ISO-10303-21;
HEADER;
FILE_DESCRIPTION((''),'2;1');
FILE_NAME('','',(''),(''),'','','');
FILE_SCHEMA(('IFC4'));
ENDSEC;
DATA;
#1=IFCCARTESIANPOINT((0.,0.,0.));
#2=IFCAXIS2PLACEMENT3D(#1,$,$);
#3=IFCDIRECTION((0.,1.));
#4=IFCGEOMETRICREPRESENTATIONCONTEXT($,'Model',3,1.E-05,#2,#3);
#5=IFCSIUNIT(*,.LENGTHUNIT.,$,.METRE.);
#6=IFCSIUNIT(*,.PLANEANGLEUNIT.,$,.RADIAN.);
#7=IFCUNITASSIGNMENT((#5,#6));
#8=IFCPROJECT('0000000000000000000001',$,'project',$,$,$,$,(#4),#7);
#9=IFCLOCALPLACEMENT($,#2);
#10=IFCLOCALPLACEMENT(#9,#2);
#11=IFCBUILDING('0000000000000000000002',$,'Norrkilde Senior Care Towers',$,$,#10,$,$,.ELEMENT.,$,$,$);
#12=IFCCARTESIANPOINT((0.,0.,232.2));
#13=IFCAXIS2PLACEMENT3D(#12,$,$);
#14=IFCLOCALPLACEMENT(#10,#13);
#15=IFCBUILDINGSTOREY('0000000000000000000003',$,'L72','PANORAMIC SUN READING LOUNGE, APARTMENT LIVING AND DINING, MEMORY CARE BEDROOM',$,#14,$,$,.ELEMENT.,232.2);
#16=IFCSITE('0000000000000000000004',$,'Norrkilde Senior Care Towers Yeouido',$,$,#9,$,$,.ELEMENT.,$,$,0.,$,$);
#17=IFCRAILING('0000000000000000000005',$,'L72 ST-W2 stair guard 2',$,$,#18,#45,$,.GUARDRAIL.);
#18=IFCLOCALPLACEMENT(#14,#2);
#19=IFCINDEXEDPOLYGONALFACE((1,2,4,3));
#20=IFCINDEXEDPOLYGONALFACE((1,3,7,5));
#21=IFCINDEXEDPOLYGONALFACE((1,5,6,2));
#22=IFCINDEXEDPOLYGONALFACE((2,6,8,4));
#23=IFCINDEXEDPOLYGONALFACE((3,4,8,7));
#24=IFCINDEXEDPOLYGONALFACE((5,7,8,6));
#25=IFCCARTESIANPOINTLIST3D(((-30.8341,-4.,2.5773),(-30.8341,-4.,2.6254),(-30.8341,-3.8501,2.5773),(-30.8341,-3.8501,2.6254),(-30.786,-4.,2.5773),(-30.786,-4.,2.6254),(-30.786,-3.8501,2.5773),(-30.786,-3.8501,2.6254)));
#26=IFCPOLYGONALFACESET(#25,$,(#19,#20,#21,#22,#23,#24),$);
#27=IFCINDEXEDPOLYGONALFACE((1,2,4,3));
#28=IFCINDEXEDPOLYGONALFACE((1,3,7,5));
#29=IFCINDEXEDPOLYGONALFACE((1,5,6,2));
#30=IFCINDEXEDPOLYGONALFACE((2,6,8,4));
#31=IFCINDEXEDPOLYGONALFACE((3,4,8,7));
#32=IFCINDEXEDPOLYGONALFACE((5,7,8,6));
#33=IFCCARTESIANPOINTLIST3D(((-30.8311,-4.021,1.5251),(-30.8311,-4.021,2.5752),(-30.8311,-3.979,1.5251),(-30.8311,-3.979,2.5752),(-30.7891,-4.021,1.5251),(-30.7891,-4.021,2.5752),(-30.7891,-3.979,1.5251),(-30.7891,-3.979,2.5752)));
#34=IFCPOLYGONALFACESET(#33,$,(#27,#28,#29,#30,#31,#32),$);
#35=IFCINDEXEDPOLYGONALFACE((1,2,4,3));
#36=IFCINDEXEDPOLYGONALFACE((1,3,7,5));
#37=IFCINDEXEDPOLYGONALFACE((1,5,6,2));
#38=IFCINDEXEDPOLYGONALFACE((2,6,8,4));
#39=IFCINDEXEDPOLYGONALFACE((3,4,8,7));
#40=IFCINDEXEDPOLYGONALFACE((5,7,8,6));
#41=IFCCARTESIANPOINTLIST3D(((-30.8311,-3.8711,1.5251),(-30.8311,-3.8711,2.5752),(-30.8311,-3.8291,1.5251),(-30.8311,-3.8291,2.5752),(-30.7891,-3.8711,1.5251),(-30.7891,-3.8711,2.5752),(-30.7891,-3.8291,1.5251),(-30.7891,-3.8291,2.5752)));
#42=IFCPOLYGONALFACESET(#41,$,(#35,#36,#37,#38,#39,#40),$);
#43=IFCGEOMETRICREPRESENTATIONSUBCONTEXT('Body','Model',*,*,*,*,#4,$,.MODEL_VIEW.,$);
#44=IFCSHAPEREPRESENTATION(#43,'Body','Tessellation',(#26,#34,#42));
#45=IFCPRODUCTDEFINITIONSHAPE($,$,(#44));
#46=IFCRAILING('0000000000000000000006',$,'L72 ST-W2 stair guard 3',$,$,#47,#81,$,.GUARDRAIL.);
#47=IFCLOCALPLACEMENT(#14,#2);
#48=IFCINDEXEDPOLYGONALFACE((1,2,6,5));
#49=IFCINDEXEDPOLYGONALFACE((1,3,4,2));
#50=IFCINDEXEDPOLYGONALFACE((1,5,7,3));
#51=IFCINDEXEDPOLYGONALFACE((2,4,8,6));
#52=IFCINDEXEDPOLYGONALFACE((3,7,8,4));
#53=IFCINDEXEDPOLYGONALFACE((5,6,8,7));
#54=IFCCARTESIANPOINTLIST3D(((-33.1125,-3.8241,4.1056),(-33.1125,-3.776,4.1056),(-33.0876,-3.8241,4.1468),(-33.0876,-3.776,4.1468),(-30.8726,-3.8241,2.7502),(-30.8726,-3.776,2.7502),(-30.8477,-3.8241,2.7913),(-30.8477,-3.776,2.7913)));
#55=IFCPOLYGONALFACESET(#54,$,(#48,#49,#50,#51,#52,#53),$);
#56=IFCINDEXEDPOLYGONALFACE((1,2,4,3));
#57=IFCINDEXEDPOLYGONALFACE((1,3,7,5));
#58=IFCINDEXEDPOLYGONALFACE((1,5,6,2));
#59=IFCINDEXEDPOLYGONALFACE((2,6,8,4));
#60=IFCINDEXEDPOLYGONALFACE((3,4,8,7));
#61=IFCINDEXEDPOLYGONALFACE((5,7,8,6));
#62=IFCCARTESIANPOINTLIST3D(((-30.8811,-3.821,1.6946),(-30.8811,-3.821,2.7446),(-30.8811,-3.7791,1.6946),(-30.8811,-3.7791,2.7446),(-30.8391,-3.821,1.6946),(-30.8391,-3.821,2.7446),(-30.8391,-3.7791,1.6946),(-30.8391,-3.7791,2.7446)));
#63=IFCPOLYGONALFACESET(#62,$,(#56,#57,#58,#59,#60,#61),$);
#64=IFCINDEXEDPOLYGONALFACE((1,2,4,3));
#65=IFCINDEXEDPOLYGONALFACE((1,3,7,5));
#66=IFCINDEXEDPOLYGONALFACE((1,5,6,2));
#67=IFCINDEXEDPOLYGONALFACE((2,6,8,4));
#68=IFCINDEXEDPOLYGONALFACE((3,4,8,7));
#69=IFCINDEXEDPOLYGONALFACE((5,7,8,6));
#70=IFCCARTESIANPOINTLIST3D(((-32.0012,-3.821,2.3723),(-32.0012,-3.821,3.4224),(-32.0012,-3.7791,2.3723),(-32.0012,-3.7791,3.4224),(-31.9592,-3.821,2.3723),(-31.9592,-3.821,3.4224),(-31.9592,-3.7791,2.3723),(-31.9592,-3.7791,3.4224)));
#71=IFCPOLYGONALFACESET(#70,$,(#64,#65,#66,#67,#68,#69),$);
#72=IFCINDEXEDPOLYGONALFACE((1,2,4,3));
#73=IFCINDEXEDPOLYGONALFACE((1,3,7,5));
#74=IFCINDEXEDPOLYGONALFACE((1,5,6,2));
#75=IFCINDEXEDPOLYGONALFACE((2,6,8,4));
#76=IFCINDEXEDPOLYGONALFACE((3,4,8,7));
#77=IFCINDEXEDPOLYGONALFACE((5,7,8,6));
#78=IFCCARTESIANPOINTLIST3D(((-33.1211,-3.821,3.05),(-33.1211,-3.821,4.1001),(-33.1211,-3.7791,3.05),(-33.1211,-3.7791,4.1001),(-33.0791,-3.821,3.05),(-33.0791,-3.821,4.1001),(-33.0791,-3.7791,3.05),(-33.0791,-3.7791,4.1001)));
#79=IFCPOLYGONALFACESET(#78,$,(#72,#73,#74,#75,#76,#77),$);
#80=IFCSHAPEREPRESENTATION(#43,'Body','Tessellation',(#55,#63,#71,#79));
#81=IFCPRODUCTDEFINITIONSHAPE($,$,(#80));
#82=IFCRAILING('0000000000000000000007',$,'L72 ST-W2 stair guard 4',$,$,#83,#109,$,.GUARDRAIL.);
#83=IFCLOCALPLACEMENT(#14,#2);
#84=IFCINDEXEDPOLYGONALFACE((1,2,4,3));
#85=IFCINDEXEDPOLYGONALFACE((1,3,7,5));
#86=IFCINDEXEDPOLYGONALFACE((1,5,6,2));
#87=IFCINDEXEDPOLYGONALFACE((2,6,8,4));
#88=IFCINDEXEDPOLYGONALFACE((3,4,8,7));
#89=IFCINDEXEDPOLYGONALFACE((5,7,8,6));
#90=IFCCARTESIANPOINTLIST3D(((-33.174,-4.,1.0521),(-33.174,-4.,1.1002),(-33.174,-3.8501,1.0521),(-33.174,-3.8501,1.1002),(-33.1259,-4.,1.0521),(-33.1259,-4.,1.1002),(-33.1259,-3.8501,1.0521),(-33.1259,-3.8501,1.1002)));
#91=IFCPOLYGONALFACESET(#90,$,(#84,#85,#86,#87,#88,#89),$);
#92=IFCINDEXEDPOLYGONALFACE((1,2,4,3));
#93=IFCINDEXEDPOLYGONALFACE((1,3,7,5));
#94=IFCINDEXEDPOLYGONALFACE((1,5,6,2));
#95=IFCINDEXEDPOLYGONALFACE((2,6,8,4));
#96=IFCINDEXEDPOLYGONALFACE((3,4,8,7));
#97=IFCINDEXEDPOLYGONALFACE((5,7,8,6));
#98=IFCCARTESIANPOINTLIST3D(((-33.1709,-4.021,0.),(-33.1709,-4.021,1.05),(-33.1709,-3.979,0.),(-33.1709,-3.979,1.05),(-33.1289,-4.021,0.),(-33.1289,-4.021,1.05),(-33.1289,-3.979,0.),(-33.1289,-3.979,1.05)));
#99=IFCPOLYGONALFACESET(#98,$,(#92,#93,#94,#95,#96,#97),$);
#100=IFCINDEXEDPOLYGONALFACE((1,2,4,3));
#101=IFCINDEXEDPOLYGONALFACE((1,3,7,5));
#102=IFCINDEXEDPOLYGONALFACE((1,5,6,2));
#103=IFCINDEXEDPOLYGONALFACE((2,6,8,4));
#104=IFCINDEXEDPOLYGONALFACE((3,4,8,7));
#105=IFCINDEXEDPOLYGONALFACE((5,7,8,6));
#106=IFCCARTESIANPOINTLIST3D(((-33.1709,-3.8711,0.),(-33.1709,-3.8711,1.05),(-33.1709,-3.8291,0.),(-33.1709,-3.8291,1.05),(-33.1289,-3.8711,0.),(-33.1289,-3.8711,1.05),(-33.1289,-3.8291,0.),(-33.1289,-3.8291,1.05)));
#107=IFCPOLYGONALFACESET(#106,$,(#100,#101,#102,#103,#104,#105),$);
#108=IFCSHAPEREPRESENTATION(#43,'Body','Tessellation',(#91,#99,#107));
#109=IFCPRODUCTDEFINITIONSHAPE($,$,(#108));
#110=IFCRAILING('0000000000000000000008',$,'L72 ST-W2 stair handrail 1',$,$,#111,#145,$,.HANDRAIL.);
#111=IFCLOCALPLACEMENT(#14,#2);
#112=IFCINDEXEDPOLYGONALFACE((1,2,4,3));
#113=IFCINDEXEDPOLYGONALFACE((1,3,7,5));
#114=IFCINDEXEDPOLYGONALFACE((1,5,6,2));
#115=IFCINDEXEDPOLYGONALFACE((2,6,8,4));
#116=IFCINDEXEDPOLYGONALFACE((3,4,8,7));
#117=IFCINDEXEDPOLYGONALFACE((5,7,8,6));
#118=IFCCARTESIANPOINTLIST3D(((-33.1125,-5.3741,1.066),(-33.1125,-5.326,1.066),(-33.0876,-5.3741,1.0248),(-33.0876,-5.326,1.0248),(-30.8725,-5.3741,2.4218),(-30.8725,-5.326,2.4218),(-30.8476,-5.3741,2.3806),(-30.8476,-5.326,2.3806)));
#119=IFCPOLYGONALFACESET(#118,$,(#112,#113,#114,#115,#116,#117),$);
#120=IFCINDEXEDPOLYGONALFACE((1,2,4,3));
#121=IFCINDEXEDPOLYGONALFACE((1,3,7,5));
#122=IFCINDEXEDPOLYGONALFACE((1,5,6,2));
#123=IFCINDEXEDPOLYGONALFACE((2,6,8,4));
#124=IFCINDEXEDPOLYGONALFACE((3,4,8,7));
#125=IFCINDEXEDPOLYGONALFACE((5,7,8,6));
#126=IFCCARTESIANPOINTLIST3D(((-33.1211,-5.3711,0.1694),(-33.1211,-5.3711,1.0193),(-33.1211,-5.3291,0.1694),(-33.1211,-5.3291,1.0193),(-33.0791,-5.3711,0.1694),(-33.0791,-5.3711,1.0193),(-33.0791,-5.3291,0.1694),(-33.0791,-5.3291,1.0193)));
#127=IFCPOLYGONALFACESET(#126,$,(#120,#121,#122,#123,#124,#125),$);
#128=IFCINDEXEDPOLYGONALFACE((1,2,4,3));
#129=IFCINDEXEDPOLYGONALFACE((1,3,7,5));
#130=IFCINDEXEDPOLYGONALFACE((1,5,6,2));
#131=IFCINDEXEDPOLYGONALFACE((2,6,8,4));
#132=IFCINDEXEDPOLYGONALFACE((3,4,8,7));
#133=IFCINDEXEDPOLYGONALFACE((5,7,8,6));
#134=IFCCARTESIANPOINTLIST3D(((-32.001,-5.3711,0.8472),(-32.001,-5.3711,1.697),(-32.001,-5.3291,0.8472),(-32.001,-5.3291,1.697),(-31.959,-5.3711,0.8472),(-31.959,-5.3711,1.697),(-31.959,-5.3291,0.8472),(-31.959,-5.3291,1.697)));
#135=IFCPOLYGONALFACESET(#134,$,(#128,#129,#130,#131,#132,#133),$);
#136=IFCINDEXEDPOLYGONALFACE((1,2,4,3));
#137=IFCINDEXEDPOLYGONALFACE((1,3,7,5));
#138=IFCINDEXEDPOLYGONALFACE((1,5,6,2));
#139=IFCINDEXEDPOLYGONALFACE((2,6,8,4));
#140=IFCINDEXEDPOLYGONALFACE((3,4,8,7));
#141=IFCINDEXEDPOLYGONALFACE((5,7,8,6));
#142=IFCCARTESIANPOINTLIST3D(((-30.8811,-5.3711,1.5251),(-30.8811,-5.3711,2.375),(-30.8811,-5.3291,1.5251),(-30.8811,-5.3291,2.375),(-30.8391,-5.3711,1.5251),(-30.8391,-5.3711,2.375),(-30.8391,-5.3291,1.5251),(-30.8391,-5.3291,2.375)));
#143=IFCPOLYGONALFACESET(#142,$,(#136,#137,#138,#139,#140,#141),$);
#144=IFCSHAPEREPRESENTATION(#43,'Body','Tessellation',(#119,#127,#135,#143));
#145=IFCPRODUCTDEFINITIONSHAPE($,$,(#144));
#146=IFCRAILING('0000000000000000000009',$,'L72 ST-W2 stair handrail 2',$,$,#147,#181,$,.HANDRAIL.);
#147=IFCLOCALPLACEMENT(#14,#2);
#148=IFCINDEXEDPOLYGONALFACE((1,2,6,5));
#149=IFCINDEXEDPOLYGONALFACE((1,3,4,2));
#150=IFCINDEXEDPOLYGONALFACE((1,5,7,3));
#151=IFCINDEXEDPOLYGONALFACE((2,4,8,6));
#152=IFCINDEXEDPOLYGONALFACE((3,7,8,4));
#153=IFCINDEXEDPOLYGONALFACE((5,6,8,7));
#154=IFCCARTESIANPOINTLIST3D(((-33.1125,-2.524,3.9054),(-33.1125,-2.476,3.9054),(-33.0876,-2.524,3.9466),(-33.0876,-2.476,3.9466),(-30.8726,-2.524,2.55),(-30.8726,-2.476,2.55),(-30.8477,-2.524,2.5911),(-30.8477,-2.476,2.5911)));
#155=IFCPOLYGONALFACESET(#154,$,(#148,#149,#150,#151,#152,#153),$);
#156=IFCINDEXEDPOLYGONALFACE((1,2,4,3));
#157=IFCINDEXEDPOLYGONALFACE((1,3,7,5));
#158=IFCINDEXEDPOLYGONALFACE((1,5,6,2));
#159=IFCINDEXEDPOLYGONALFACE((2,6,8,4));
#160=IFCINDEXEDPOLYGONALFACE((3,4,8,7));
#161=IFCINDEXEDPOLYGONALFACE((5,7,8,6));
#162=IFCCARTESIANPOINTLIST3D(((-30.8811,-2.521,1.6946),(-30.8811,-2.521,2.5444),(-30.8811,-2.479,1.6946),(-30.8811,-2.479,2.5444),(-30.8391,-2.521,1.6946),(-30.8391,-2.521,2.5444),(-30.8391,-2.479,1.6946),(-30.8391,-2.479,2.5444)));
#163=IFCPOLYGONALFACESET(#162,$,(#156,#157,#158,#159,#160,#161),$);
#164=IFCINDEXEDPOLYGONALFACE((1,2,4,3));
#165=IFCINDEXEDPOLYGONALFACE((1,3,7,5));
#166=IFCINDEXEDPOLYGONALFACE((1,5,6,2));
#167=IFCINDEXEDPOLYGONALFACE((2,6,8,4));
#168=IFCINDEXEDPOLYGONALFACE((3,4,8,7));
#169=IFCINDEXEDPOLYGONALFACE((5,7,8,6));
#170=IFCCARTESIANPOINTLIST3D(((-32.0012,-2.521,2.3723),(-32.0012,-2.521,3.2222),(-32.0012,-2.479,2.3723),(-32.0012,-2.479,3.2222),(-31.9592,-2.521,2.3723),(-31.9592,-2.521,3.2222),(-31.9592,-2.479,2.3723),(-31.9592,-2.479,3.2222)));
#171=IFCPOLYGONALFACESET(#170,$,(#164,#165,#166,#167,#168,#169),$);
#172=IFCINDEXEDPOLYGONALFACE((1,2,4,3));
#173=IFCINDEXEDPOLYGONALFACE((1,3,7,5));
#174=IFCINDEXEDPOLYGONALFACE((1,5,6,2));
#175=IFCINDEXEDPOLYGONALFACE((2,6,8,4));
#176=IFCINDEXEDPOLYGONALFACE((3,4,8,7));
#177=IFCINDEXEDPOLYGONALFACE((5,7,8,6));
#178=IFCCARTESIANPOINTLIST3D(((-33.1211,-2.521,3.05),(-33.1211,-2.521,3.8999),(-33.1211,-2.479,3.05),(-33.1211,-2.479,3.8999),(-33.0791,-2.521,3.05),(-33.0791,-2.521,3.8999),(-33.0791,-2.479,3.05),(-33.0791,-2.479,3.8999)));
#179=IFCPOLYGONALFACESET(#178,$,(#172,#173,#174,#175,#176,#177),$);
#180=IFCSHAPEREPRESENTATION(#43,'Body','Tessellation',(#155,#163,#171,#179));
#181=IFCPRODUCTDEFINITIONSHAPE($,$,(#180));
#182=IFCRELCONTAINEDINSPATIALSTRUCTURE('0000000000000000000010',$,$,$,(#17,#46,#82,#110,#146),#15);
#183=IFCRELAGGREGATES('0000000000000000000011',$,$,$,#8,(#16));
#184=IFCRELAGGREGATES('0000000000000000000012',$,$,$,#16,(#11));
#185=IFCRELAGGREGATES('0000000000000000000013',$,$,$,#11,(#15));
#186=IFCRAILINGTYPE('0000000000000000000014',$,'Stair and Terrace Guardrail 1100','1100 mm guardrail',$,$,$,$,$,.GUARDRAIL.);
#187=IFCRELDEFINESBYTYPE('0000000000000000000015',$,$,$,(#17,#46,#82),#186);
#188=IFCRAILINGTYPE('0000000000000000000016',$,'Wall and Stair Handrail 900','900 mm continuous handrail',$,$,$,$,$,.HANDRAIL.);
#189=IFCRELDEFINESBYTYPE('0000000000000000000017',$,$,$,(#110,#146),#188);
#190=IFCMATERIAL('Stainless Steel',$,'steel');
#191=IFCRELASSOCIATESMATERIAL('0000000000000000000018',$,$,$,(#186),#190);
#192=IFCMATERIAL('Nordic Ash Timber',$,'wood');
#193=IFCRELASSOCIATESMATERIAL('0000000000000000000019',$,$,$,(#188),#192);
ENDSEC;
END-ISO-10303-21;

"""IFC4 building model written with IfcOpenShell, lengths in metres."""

from ifc_helpers import new_model, si_unit, direction, frame, origin, origin_2d, place, context, subcontext, project, spatial, rectangle, extrude, material, type_object, element, save


model = new_model("IFC4")

# Units and contexts
model_context = context("Model", 3, precision=1e-05, world=origin(), true_north=direction((0.0, 1.0)))
body_context = subcontext(model_context, "Body", "Model", "MODEL_VIEW")
ifc_project = project(units=[si_unit("LENGTHUNIT", "METRE"), si_unit("PLANEANGLEUNIT", "RADIAN")], contexts=[model_context])

# Site, building, storey
site_placement = place(None, origin())
site = spatial("IfcSite", under=ifc_project, at=site_placement, Name="Norrkilde Senior Care Towers Yeouido", CompositionType="ELEMENT", RefElevation=0.0)
building_placement = place(site_placement, origin())
building = spatial("IfcBuilding", under=site, at=building_placement, Name="Norrkilde Senior Care Towers", CompositionType="ELEMENT")
storey_placement = place(building_placement, frame((0.0, 0.0, 232.2)))
storey = spatial("IfcBuildingStorey", under=building, at=storey_placement, Name="L72", Description="PANORAMIC SUN READING LOUNGE, APARTMENT LIVING AND DINING, MEMORY CARE BEDROOM", CompositionType="ELEMENT", Elevation=232.2)

# Railings
ifc_material_1 = material(Name="Stainless Steel", Category="steel")
railing_type_1 = type_object("IfcRailingType", Name="Stair and Terrace Guardrail 1100", Description="1100 mm guardrail", PredefinedType="GUARDRAIL", material=ifc_material_1)
railing_1_placement = place(storey_placement, frame((-30.8101, -4.0, 1.5251)))
element("IfcRailing", 1, at=railing_1_placement, inside=storey, type_object=railing_type_1, Name="L72 ST-W2 stair guard 2", PredefinedType="GUARDRAIL", context=body_context, shape_type="SweptSolid", body=[
    extrude(rectangle(XDim=0.0481, YDim=0.0481, at=origin_2d()), frame((0.0, 0.0, 1.0762), z_axis=(0.0, 1.0, 0.0), x_axis=(-1.0, 0.0, 0.0)), (0.0, 0.0, 1.0), 0.1499),
    extrude(rectangle(XDim=0.042, YDim=0.042, at=origin_2d()), origin(), (0.0, 0.0, 1.0), 1.05),
    extrude(rectangle(XDim=0.042, YDim=0.042, at=origin_2d()), frame((0.0, 0.1499, 0.0)), (0.0, 0.0, 1.0), 1.05),
])
railing_2_placement = place(storey_placement, frame((-30.8601, -3.8, 1.6946)))
element("IfcRailing", 2, at=railing_2_placement, inside=storey, type_object=railing_type_1, Name="L72 ST-W2 stair guard 3", PredefinedType="GUARDRAIL", context=body_context, shape_type="SweptSolid", body=[
    extrude(rectangle(XDim=0.0481, YDim=0.0481, at=origin_2d()), frame((0.0, 0.0, 1.0762), z_axis=(-0.855553, 0.0, 0.517715), x_axis=(0.0, -1.0, 0.0)), (0.0, 0.0, 1.0), 2.6182),
    extrude(rectangle(XDim=0.042, YDim=0.042, at=origin_2d()), origin(), (0.0, 0.0, 1.0), 1.05),
    extrude(rectangle(XDim=0.042, YDim=0.042, at=origin_2d()), frame((-1.1201, 0.0, 0.6777)), (0.0, 0.0, 1.0), 1.05),
    extrude(rectangle(XDim=0.042, YDim=0.042, at=origin_2d()), frame((-2.24, 0.0, 1.3555)), (0.0, 0.0, 1.0), 1.05),
])
railing_3_placement = place(storey_placement, frame((-33.1499, -4.0, 0.0)))
element("IfcRailing", 3, at=railing_3_placement, inside=storey, type_object=railing_type_1, Name="L72 ST-W2 stair guard 4", PredefinedType="GUARDRAIL", context=body_context, shape_type="SweptSolid", body=[
    extrude(rectangle(XDim=0.0481, YDim=0.0481, at=origin_2d()), frame((0.0, 0.0, 1.0762), z_axis=(0.0, 1.0, 0.0), x_axis=(-1.0, 0.0, 0.0)), (0.0, 0.0, 1.0), 0.1499),
    extrude(rectangle(XDim=0.042, YDim=0.042, at=origin_2d()), origin(), (0.0, 0.0, 1.0), 1.05),
    extrude(rectangle(XDim=0.042, YDim=0.042, at=origin_2d()), frame((0.0, 0.1499, 0.0)), (0.0, 0.0, 1.0), 1.05),
])
ifc_material_2 = material(Name="Nordic Ash Timber", Category="wood")
railing_type_2 = type_object("IfcRailingType", Name="Wall and Stair Handrail 900", Description="900 mm continuous handrail", PredefinedType="HANDRAIL", material=ifc_material_2)
railing_4_placement = place(storey_placement, frame((-33.1001, -5.3501, 0.1694)))
element("IfcRailing", 4, at=railing_4_placement, inside=storey, type_object=railing_type_2, Name="L72 ST-W2 stair handrail 1", PredefinedType="HANDRAIL", context=body_context, shape_type="SweptSolid", body=[
    extrude(rectangle(XDim=0.0481, YDim=0.0481, at=origin_2d()), frame((0.0, 0.0, 0.876), z_axis=(0.855512, 0.0, 0.517783), x_axis=(0.0, 1.0, 0.0)), (0.0, 0.0, 1.0), 2.6184),
    extrude(rectangle(XDim=0.042, YDim=0.042, at=origin_2d()), origin(), (0.0, 0.0, 1.0), 0.8499),
    extrude(rectangle(XDim=0.042, YDim=0.042, at=origin_2d()), frame((1.1201, 0.0, 0.6777)), (0.0, 0.0, 1.0), 0.8499),
    extrude(rectangle(XDim=0.042, YDim=0.042, at=origin_2d()), frame((2.24, 0.0, 1.3557)), (0.0, 0.0, 1.0), 0.8499),
])
railing_5_placement = place(storey_placement, frame((-30.8601, -2.5, 1.6946)))
element("IfcRailing", 5, at=railing_5_placement, inside=storey, type_object=railing_type_2, Name="L72 ST-W2 stair handrail 2", PredefinedType="HANDRAIL", context=body_context, shape_type="SweptSolid", body=[
    extrude(rectangle(XDim=0.0481, YDim=0.0481, at=origin_2d()), frame((0.0, 0.0, 0.876), z_axis=(-0.855553, 0.0, 0.517715), x_axis=(0.0, -1.0, 0.0)), (0.0, 0.0, 1.0), 2.6182),
    extrude(rectangle(XDim=0.042, YDim=0.042, at=origin_2d()), origin(), (0.0, 0.0, 1.0), 0.8499),
    extrude(rectangle(XDim=0.042, YDim=0.042, at=origin_2d()), frame((-1.1201, 0.0, 0.6777)), (0.0, 0.0, 1.0), 0.8499),
    extrude(rectangle(XDim=0.042, YDim=0.042, at=origin_2d()), frame((-2.24, 0.0, 1.3555)), (0.0, 0.0, 1.0), 0.8499),
])

save(model, "model.ifc")
